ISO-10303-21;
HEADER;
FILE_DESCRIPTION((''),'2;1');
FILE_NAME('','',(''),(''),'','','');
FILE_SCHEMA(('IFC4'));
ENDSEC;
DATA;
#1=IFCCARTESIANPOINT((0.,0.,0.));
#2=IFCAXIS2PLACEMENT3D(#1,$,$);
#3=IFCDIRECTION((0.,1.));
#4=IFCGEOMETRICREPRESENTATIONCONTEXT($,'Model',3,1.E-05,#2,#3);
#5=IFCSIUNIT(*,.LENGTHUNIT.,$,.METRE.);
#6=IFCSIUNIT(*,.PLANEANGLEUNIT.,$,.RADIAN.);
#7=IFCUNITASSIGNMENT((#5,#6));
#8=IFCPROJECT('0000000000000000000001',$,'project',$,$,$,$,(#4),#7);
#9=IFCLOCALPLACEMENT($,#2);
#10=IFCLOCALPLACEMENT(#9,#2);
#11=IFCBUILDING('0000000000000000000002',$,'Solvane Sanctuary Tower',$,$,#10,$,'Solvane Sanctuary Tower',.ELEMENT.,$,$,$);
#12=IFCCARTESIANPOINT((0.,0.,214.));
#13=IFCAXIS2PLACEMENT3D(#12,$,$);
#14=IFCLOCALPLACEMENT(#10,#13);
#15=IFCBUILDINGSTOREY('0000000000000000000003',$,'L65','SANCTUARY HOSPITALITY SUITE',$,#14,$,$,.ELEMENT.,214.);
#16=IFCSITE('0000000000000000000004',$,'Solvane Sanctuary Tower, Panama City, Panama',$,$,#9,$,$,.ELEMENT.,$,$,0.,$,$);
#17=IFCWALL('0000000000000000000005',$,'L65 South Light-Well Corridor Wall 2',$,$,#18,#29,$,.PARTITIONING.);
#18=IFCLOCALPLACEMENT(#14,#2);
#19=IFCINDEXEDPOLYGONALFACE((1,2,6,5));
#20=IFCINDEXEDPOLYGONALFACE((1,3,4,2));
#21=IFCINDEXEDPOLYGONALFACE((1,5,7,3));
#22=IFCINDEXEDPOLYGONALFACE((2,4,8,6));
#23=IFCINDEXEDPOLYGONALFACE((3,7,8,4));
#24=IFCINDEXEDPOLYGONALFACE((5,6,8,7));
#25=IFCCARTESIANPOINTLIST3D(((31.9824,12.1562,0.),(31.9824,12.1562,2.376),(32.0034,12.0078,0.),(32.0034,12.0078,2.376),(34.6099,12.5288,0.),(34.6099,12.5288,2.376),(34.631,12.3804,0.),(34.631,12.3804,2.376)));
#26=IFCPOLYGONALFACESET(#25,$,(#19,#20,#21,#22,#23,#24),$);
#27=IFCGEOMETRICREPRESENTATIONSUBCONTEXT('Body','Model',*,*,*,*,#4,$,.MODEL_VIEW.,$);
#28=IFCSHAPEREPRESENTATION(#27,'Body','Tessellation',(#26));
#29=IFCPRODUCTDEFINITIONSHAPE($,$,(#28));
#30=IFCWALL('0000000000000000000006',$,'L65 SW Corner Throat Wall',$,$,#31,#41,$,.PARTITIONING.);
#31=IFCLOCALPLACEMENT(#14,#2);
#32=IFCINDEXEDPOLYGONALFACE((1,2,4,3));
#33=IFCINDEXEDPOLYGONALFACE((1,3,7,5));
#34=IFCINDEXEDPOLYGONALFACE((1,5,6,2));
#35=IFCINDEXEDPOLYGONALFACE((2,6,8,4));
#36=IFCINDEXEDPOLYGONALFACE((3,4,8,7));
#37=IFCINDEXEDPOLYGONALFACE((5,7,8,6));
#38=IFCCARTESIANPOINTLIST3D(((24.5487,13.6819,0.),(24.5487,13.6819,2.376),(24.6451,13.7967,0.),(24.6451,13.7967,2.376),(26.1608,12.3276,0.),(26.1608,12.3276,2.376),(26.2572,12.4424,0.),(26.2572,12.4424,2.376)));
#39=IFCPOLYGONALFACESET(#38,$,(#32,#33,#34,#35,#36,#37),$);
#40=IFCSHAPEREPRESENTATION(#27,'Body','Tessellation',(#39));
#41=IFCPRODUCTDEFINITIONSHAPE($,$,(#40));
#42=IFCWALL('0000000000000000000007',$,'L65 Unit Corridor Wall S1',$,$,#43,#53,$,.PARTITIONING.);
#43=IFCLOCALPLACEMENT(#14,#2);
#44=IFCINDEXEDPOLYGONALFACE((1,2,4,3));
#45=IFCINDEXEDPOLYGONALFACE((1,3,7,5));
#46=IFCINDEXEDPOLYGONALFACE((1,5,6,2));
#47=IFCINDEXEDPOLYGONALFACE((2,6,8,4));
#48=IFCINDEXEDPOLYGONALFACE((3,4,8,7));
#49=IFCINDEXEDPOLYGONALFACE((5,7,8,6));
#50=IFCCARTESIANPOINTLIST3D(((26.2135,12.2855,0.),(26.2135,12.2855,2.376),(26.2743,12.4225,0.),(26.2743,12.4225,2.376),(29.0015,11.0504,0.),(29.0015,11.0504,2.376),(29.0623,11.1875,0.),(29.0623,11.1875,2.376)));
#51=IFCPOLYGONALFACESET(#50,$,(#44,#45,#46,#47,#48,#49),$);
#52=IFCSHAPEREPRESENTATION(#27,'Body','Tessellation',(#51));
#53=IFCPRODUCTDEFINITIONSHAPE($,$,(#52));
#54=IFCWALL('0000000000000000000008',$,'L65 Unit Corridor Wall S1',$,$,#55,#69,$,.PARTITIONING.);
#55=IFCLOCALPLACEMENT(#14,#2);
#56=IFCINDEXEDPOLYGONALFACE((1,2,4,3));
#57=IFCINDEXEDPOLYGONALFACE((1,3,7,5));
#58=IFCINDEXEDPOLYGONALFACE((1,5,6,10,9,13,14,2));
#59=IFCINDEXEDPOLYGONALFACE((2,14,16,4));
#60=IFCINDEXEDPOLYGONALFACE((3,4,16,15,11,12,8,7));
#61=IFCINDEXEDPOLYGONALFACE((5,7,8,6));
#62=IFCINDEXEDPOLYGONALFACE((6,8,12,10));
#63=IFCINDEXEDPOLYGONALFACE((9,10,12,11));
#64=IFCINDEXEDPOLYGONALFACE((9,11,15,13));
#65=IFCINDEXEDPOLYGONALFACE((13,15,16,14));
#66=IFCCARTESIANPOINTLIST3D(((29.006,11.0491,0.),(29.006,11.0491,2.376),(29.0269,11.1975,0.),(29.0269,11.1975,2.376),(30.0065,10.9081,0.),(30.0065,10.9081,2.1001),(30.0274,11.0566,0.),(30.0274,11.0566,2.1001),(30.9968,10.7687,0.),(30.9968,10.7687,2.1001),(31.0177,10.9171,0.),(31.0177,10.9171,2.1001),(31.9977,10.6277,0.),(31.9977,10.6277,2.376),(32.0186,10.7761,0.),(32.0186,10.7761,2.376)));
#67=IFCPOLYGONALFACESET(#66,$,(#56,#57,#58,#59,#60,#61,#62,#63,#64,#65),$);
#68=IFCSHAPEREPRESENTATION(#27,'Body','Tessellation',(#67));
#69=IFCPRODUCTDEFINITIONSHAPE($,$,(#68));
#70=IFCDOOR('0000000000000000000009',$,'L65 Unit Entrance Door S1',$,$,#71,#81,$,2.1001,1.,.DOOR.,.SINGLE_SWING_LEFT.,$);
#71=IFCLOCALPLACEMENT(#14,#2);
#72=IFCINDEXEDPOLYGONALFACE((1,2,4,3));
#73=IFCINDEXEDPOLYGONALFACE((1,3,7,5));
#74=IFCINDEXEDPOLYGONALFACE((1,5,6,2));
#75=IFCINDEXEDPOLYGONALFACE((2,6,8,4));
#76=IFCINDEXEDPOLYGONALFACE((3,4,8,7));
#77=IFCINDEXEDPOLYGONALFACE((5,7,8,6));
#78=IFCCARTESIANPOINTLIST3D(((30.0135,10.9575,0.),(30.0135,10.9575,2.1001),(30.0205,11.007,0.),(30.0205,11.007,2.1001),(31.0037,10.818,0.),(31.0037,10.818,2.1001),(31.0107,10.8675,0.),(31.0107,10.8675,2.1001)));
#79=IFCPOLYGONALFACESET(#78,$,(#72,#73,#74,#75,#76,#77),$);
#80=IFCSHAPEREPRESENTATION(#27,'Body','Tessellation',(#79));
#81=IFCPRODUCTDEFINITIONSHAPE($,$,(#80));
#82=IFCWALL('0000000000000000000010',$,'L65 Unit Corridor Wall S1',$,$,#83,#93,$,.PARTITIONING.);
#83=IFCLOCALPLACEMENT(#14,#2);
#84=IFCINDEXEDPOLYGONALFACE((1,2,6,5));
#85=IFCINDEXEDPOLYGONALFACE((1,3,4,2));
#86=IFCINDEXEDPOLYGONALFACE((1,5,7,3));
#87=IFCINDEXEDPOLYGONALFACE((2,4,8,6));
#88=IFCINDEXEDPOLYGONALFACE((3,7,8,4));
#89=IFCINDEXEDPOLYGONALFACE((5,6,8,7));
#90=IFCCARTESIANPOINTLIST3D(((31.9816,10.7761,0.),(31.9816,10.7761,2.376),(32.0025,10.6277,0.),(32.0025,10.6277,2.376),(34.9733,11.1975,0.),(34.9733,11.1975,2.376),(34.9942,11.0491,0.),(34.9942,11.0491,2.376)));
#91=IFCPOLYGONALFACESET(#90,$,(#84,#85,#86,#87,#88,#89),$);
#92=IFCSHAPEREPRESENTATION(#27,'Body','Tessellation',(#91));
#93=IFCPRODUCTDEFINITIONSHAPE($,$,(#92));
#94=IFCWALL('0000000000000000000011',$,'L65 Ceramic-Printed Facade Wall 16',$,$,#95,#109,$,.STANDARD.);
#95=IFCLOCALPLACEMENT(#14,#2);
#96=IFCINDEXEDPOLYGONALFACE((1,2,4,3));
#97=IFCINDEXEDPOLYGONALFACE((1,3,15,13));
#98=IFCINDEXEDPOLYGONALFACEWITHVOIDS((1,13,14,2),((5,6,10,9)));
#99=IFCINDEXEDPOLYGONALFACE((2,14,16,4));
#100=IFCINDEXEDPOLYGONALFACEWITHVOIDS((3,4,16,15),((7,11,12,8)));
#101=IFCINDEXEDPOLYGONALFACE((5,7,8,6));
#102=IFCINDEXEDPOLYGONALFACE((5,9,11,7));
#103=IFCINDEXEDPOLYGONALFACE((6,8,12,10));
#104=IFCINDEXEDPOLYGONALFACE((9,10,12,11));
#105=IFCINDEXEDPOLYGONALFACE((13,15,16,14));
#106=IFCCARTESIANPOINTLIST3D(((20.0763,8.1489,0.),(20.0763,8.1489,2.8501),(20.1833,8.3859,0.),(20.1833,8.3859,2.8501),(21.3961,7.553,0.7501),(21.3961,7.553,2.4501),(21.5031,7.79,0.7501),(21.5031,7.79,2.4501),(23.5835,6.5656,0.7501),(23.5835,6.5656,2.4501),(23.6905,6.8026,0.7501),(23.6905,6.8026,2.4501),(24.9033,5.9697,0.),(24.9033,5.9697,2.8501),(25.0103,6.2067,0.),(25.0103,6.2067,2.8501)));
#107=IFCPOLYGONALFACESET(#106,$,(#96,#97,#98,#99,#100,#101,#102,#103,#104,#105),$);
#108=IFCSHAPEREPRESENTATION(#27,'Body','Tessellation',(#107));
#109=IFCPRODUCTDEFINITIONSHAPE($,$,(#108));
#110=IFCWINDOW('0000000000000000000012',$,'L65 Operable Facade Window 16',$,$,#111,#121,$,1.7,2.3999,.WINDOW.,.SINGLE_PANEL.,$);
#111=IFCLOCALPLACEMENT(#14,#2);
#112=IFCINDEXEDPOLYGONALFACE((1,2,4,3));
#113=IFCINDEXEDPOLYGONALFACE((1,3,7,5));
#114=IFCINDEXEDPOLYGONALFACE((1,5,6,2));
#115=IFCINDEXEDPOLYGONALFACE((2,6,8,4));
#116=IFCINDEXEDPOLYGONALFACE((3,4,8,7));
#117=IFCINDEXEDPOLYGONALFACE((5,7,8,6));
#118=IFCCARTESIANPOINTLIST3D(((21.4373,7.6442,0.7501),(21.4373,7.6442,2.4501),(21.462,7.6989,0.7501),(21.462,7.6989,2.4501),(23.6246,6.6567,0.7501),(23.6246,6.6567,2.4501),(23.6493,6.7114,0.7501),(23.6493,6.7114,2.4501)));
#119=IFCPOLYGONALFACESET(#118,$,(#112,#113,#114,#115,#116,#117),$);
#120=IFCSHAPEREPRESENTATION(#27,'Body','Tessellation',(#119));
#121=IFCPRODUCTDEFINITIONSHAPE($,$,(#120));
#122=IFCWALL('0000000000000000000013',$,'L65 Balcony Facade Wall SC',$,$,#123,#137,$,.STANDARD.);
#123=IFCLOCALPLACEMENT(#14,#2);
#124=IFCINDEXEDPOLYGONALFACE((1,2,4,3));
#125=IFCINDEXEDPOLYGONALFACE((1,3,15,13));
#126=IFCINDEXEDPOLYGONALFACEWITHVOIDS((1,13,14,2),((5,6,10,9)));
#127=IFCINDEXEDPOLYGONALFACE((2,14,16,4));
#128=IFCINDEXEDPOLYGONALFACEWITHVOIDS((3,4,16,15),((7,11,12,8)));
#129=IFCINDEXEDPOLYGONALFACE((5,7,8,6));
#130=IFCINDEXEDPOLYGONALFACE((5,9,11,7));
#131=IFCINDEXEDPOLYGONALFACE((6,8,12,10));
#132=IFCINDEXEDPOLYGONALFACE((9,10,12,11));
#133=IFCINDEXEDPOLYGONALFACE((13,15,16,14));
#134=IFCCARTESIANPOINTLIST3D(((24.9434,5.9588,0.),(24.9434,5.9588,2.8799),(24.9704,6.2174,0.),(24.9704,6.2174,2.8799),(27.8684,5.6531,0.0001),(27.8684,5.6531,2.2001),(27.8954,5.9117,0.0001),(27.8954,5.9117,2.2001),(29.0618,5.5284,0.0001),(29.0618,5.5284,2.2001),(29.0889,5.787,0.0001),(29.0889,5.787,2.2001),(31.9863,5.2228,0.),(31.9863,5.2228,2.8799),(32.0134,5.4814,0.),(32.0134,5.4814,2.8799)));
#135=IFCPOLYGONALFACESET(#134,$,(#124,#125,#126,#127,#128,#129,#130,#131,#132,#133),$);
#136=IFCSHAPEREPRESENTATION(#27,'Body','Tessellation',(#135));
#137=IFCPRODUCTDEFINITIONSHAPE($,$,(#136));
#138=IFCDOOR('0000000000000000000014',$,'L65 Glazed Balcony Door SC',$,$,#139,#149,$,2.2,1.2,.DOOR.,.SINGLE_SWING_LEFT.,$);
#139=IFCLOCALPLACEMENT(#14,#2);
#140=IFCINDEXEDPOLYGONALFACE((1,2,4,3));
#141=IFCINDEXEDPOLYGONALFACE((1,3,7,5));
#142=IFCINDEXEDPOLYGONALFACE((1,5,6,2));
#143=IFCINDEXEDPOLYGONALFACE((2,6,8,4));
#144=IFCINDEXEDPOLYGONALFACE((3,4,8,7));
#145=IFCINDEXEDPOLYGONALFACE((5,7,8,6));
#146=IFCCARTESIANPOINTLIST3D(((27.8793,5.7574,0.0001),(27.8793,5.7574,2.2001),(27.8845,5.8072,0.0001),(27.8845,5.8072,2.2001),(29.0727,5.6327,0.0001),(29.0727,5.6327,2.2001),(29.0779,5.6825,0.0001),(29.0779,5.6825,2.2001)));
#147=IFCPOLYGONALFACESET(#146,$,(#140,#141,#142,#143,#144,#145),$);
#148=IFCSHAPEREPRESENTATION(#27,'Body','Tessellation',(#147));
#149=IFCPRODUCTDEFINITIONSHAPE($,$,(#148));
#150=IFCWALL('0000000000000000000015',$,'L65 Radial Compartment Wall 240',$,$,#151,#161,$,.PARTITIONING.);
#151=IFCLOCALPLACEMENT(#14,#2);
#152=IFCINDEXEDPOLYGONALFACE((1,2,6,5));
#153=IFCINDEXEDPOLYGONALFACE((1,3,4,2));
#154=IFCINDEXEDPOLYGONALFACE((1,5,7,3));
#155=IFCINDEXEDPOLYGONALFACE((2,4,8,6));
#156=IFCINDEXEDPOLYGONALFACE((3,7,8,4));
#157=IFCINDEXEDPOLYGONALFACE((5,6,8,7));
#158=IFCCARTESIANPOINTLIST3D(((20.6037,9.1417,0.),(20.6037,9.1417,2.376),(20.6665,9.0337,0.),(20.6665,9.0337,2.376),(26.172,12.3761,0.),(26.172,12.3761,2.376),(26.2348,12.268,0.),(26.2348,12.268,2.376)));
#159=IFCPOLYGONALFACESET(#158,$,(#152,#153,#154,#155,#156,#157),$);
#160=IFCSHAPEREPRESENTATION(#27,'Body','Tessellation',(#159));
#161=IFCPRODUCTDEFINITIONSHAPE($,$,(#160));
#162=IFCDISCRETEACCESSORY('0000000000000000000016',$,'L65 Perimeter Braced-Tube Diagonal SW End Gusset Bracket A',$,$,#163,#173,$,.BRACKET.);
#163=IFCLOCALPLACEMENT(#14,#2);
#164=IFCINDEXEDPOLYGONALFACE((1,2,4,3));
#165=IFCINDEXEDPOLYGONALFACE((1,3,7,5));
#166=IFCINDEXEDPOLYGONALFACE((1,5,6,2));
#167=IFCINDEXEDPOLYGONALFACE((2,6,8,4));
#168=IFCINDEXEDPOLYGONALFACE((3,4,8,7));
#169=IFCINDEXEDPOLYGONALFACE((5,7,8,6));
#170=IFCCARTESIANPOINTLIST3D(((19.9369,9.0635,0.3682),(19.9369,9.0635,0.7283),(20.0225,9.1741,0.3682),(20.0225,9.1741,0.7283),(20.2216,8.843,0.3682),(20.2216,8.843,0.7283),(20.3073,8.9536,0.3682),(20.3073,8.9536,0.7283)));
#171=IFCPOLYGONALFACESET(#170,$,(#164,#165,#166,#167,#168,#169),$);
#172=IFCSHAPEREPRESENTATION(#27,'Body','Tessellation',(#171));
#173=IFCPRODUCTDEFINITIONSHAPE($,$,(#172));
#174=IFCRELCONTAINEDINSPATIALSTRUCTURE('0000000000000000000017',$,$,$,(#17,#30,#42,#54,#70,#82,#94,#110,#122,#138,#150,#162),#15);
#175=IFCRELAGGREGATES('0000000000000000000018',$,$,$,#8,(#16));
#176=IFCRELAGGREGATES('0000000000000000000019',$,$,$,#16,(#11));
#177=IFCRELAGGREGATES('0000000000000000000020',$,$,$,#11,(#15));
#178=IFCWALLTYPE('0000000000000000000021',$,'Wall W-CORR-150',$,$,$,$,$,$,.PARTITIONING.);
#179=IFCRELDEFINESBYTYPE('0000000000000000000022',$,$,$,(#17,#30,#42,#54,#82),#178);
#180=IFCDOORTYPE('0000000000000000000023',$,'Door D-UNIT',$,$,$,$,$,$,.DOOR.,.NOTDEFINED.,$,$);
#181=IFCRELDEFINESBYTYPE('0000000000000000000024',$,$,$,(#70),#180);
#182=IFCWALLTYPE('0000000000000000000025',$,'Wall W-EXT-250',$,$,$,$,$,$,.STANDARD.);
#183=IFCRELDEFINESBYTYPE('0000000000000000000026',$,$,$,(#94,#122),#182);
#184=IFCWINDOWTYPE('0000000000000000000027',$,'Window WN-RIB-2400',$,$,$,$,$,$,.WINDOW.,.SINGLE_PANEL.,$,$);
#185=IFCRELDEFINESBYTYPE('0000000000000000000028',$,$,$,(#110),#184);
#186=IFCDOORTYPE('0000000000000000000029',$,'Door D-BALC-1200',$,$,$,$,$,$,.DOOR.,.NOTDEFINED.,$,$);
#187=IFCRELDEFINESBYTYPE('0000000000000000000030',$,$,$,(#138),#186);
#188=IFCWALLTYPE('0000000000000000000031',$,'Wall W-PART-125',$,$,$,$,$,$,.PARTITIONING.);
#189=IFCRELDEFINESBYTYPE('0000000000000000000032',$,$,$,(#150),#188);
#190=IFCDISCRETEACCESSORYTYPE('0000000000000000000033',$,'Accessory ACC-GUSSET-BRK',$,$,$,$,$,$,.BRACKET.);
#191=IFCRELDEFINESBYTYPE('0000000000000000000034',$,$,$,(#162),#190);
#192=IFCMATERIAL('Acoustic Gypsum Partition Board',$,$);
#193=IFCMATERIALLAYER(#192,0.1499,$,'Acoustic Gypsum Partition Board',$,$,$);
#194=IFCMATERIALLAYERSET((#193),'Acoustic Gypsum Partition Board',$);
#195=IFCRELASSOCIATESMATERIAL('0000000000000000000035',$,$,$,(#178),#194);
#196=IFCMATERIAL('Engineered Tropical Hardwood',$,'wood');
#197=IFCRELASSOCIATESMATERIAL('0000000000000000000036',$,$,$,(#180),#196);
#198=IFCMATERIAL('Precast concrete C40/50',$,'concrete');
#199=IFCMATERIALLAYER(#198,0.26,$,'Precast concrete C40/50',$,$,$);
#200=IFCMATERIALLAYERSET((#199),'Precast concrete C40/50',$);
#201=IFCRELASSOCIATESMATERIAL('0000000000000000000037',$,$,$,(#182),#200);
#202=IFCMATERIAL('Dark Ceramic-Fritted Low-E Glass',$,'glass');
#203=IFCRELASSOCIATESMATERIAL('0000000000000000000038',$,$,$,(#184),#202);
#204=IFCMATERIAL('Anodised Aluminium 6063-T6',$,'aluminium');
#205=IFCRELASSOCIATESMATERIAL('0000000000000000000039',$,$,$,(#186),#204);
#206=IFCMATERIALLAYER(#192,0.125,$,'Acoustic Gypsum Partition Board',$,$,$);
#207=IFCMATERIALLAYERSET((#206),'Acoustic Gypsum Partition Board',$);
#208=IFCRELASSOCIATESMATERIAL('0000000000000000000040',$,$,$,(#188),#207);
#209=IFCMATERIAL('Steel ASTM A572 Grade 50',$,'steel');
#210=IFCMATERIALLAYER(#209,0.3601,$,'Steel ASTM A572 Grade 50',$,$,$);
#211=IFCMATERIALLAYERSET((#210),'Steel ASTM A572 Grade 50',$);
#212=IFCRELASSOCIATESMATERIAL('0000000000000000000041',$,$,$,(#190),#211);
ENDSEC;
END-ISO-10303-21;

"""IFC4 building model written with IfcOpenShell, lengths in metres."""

from ifc_helpers import new_model, si_unit, direction, frame, frame_2d, origin, origin_2d, place, context, subcontext, project, spatial, rectangle, extrude, material, layer, layer_set, type_object, element, fill, save


model = new_model("IFC4")

# Units and contexts
model_context = context("Model", 3, precision=1e-05, world=origin(), true_north=direction((0.0, 1.0)))
body_context = subcontext(model_context, "Body", "Model", "MODEL_VIEW")
ifc_project = project(units=[si_unit("LENGTHUNIT", "METRE"), si_unit("PLANEANGLEUNIT", "RADIAN")], contexts=[model_context])

# Site, building, storey
site_placement = place(None, origin())
site = spatial("IfcSite", under=ifc_project, at=site_placement, Name="Solvane Sanctuary Tower, Panama City, Panama", CompositionType="ELEMENT", RefElevation=0.0)
building_placement = place(site_placement, origin())
building = spatial("IfcBuilding", under=site, at=building_placement, Name="Solvane Sanctuary Tower", LongName="Solvane Sanctuary Tower", CompositionType="ELEMENT")
storey_placement = place(building_placement, frame((0.0, 0.0, 214.0)))
storey = spatial("IfcBuildingStorey", under=building, at=storey_placement, Name="L65", Description="SANCTUARY HOSPITALITY SUITE", CompositionType="ELEMENT", Elevation=214.0)

# Shared definitions
ifc_material_1 = material(Name="Acoustic Gypsum Partition Board")
ifc_layer_1 = layer(ifc_material_1, 0.1499, Name="Acoustic Gypsum Partition Board")
ifc_layer_set_1 = layer_set([ifc_layer_1], Name="Acoustic Gypsum Partition Board")
wall_type_1 = type_object("IfcWallType", Name="Wall W-CORR-150", PredefinedType="PARTITIONING", material=ifc_layer_set_1)

# Shared definitions
ifc_material_2 = material(Name="Engineered Tropical Hardwood", Category="wood")

# Walls
wall_1_placement = place(storey_placement, frame((31.9929, 12.082, 0.0), z_axis=(0.0, 0.0, 1.0), x_axis=(0.990096, 0.140391, 0.0)))
element("IfcWall", 1, at=wall_1_placement, inside=storey, type_object=wall_type_1, Name="L65 South Light-Well Corridor Wall 2", PredefinedType="PARTITIONING", context=body_context, shape_type="SweptSolid", body=[
    extrude(rectangle(XDim=2.6538, YDim=0.1499, at=frame_2d((1.3269, 0.0))), origin(), (0.0, 0.0, 1.0), 2.376),
])
wall_2_placement = place(storey_placement, frame((26.209, 12.385, 0.0), z_axis=(0.0, 0.0, 1.0), x_axis=(-0.765677, 0.643225, 0.0)))
element("IfcWall", 2, at=wall_2_placement, inside=storey, type_object=wall_type_1, Name="L65 SW Corner Throat Wall", PredefinedType="PARTITIONING", context=body_context, shape_type="SweptSolid", body=[
    extrude(rectangle(XDim=2.1055, YDim=0.1499, at=frame_2d((1.0527, 0.0))), origin(), (0.0, 0.0, 1.0), 2.376),
])
wall_3_placement = place(storey_placement, frame((26.2439, 12.354, 0.0), z_axis=(0.0, 0.0, 1.0), x_axis=(0.914303, -0.405031, 0.0)))
element("IfcWall", 3, at=wall_3_placement, inside=storey, type_object=wall_type_1, Name="L65 Unit Corridor Wall S1", PredefinedType="PARTITIONING", context=body_context, shape_type="SweptSolid", body=[
    extrude(rectangle(XDim=3.0493, YDim=0.1499, at=frame_2d((1.5247, 0.0))), origin(), (0.0, 0.0, 1.0), 2.376),
])

# Wall, opening, door
wall_4_placement = place(storey_placement, frame((29.0164, 11.1233, 0.0), z_axis=(0.0, 0.0, 1.0), x_axis=(0.990226, -0.139475, 0.0)))
wall_4 = element("IfcWall", 4, at=wall_4_placement, inside=storey, type_object=wall_type_1, Name="L65 Unit Corridor Wall S1", PredefinedType="PARTITIONING", context=body_context, shape_type="SweptSolid", body=[
    extrude(rectangle(XDim=3.0212, YDim=0.1499, at=frame_2d((1.5107, 0.0))), origin(), (0.0, 0.0, 1.0), 2.376),
])
opening_1_placement = place(wall_4_placement, frame((1.0105, 0.0, 0.0)))
opening_1 = element("IfcOpeningElement", 5, at=opening_1_placement, cuts=wall_4, PredefinedType="OPENING", context=body_context, shape_type="SweptSolid", body=[
    extrude(rectangle(XDim=1.0, YDim=2.1001, at=frame_2d((0.5, 1.05))), frame((0.0, 0.085, 0.0), z_axis=(0.0, -1.0, 0.0), x_axis=(1.0, 0.0, 0.0)), (0.0, 0.0, 1.0), 0.1699),
])
door_type_1 = type_object("IfcDoorType", Name="Door D-UNIT", OperationType="NOTDEFINED", PredefinedType="DOOR", material=ifc_material_2)
door_1_placement = place(opening_1_placement, origin())
door_1 = element("IfcDoor", 6, at=door_1_placement, inside=storey, type_object=door_type_1, Name="L65 Unit Entrance Door S1", OperationType="SINGLE_SWING_LEFT", OverallHeight=2.1001, OverallWidth=1.0, PredefinedType="DOOR", context=body_context, shape_type="SweptSolid", body=[
    extrude(rectangle(XDim=1.0, YDim=2.1001, at=frame_2d((0.5, 1.05))), frame((0.0, 0.0249, 0.0), z_axis=(0.0, -1.0, 0.0), x_axis=(1.0, 0.0, 0.0)), (0.0, 0.0, 1.0), 0.05),
])
fill(opening_1, door_1)

# Wall
wall_5_placement = place(storey_placement, frame((31.9919, 10.7019, 0.0), z_axis=(0.0, 0.0, 1.0), x_axis=(0.990226, 0.139475, 0.0)))
element("IfcWall", 7, at=wall_5_placement, inside=storey, type_object=wall_type_1, Name="L65 Unit Corridor Wall S1", PredefinedType="PARTITIONING", context=body_context, shape_type="SweptSolid", body=[
    extrude(rectangle(XDim=3.0212, YDim=0.1499, at=frame_2d((1.5107, 0.0))), origin(), (0.0, 0.0, 1.0), 2.376),
])

# Wall, opening, window
ifc_material_3 = material(Name="Precast concrete C40/50", Category="concrete")
ifc_layer_2 = layer(ifc_material_3, 0.26, Name="Precast concrete C40/50")
ifc_layer_set_2 = layer_set([ifc_layer_2], Name="Precast concrete C40/50")
wall_type_2 = type_object("IfcWallType", Name="Wall W-EXT-250", PredefinedType="STANDARD", material=ifc_layer_set_2)
wall_6_placement = place(storey_placement, frame((20.1299, 8.2673, 0.0), z_axis=(0.0, 0.0, 1.0), x_axis=(0.911427, -0.411461, 0.0)))
wall_6 = element("IfcWall", 8, at=wall_6_placement, inside=storey, type_object=wall_type_2, Name="L65 Ceramic-Printed Facade Wall 16", PredefinedType="STANDARD", context=body_context, shape_type="SweptSolid", body=[
    extrude(rectangle(XDim=5.2961, YDim=0.26, at=frame_2d((2.6479, 0.0))), origin(), (0.0, 0.0, 1.0), 2.8501),
])
opening_2_placement = place(wall_6_placement, frame((1.448, 0.0, 0.75)))
opening_2 = element("IfcOpeningElement", 9, at=opening_2_placement, cuts=wall_6, PredefinedType="OPENING", context=body_context, shape_type="SweptSolid", body=[
    extrude(rectangle(XDim=2.3999, YDim=1.7, at=frame_2d((1.2, 0.8501))), frame((0.0, 0.1399, 0.0), z_axis=(0.0, -1.0, 0.0), x_axis=(1.0, 0.0, 0.0)), (0.0, 0.0, 1.0), 0.28),
])
ifc_material_4 = material(Name="Dark Ceramic-Fritted Low-E Glass", Category="glass")
window_type = type_object("IfcWindowType", Name="Window WN-RIB-2400", PartitioningType="SINGLE_PANEL", PredefinedType="WINDOW", material=ifc_material_4)
window_placement = place(opening_2_placement, origin())
window = element("IfcWindow", 10, at=window_placement, inside=storey, type_object=window_type, Name="L65 Operable Facade Window 16", OverallHeight=1.7, OverallWidth=2.3999, PartitioningType="SINGLE_PANEL", PredefinedType="WINDOW", context=body_context, shape_type="SweptSolid", body=[
    extrude(rectangle(XDim=2.3999, YDim=1.7, at=frame_2d((1.2, 0.8501))), frame((0.0, 0.03, 0.0), z_axis=(0.0, -1.0, 0.0), x_axis=(1.0, 0.0, 0.0)), (0.0, 0.0, 1.0), 0.0601),
])
fill(opening_2, window)

# Wall, opening, door
wall_7_placement = place(storey_placement, frame((24.957, 6.0881, 0.0), z_axis=(0.0, 0.0, 1.0), x_axis=(0.994583, -0.103947, 0.0)))
wall_7 = element("IfcWall", 11, at=wall_7_placement, inside=storey, type_object=wall_type_2, Name="L65 Balcony Facade Wall SC", PredefinedType="STANDARD", context=body_context, shape_type="SweptSolid", body=[
    extrude(rectangle(XDim=7.0813, YDim=0.26, at=frame_2d((3.5405, 0.0))), origin(), (0.0, 0.0, 1.0), 2.8799),
])
opening_3_placement = place(wall_7_placement, frame((2.9407, 0.0, 0.0)))
opening_3 = element("IfcOpeningElement", 12, at=opening_3_placement, cuts=wall_7, PredefinedType="OPENING", context=body_context, shape_type="SweptSolid", body=[
    extrude(rectangle(XDim=1.2, YDim=2.2, at=frame_2d((0.6001, 1.1001))), frame((0.0, 0.1399, 0.0), z_axis=(0.0, -1.0, 0.0), x_axis=(1.0, 0.0, 0.0)), (0.0, 0.0, 1.0), 0.28),
])
ifc_material_5 = material(Name="Anodised Aluminium 6063-T6", Category="aluminium")
door_type_2 = type_object("IfcDoorType", Name="Door D-BALC-1200", OperationType="NOTDEFINED", PredefinedType="DOOR", material=ifc_material_5)
door_2_placement = place(opening_3_placement, origin())
door_2 = element("IfcDoor", 13, at=door_2_placement, inside=storey, type_object=door_type_2, Name="L65 Glazed Balcony Door SC", OperationType="SINGLE_SWING_LEFT", OverallHeight=2.2, OverallWidth=1.2, PredefinedType="DOOR", context=body_context, shape_type="SweptSolid", body=[
    extrude(rectangle(XDim=1.2, YDim=2.2, at=frame_2d((0.6001, 1.1001))), frame((0.0, 0.0249, 0.0), z_axis=(0.0, -1.0, 0.0), x_axis=(1.0, 0.0, 0.0)), (0.0, 0.0, 1.0), 0.05),
])
fill(opening_3, door_2)

# Wall
ifc_layer_3 = layer(ifc_material_1, 0.125, Name="Acoustic Gypsum Partition Board")
ifc_layer_set_3 = layer_set([ifc_layer_3], Name="Acoustic Gypsum Partition Board")
wall_type_3 = type_object("IfcWallType", Name="Wall W-PART-125", PredefinedType="PARTITIONING", material=ifc_layer_set_3)
wall_8_placement = place(storey_placement, frame((26.2034, 12.322, 0.0), z_axis=(0.0, 0.0, 1.0), x_axis=(-0.864712, -0.502267, 0.0)))
element("IfcWall", 14, at=wall_8_placement, inside=storey, type_object=wall_type_3, Name="L65 Radial Compartment Wall 240", PredefinedType="PARTITIONING", context=body_context, shape_type="SweptSolid", body=[
    extrude(rectangle(XDim=6.4395, YDim=0.125, at=frame_2d((3.2197, 0.0))), origin(), (0.0, 0.0, 1.0), 2.376),
])

# Discrete accessory
ifc_material_6 = material(Name="Steel ASTM A572 Grade 50", Category="steel")
ifc_layer_4 = layer(ifc_material_6, 0.3601, Name="Steel ASTM A572 Grade 50")
ifc_layer_set_4 = layer_set([ifc_layer_4], Name="Steel ASTM A572 Grade 50")
discrete_accessory_type = type_object("IfcDiscreteAccessoryType", Name="Accessory ACC-GUSSET-BRK", PredefinedType="BRACKET", material=ifc_layer_set_4)
discrete_accessory_placement = place(storey_placement, frame((20.1221, 9.0085, 0.3682), z_axis=(0.0, 0.0, 1.0), x_axis=(-0.79069, 0.612217, 0.0)))
element("IfcDiscreteAccessory", 15, at=discrete_accessory_placement, inside=storey, type_object=discrete_accessory_type, Name="L65 Perimeter Braced-Tube Diagonal SW End Gusset Bracket A", PredefinedType="BRACKET", context=body_context, shape_type="SweptSolid", body=[
    extrude(rectangle(XDim=0.3601, YDim=0.1399, at=origin_2d()), origin(), (0.0, 0.0, 1.0), 0.3601),
])

save(model, "model.ifc")
